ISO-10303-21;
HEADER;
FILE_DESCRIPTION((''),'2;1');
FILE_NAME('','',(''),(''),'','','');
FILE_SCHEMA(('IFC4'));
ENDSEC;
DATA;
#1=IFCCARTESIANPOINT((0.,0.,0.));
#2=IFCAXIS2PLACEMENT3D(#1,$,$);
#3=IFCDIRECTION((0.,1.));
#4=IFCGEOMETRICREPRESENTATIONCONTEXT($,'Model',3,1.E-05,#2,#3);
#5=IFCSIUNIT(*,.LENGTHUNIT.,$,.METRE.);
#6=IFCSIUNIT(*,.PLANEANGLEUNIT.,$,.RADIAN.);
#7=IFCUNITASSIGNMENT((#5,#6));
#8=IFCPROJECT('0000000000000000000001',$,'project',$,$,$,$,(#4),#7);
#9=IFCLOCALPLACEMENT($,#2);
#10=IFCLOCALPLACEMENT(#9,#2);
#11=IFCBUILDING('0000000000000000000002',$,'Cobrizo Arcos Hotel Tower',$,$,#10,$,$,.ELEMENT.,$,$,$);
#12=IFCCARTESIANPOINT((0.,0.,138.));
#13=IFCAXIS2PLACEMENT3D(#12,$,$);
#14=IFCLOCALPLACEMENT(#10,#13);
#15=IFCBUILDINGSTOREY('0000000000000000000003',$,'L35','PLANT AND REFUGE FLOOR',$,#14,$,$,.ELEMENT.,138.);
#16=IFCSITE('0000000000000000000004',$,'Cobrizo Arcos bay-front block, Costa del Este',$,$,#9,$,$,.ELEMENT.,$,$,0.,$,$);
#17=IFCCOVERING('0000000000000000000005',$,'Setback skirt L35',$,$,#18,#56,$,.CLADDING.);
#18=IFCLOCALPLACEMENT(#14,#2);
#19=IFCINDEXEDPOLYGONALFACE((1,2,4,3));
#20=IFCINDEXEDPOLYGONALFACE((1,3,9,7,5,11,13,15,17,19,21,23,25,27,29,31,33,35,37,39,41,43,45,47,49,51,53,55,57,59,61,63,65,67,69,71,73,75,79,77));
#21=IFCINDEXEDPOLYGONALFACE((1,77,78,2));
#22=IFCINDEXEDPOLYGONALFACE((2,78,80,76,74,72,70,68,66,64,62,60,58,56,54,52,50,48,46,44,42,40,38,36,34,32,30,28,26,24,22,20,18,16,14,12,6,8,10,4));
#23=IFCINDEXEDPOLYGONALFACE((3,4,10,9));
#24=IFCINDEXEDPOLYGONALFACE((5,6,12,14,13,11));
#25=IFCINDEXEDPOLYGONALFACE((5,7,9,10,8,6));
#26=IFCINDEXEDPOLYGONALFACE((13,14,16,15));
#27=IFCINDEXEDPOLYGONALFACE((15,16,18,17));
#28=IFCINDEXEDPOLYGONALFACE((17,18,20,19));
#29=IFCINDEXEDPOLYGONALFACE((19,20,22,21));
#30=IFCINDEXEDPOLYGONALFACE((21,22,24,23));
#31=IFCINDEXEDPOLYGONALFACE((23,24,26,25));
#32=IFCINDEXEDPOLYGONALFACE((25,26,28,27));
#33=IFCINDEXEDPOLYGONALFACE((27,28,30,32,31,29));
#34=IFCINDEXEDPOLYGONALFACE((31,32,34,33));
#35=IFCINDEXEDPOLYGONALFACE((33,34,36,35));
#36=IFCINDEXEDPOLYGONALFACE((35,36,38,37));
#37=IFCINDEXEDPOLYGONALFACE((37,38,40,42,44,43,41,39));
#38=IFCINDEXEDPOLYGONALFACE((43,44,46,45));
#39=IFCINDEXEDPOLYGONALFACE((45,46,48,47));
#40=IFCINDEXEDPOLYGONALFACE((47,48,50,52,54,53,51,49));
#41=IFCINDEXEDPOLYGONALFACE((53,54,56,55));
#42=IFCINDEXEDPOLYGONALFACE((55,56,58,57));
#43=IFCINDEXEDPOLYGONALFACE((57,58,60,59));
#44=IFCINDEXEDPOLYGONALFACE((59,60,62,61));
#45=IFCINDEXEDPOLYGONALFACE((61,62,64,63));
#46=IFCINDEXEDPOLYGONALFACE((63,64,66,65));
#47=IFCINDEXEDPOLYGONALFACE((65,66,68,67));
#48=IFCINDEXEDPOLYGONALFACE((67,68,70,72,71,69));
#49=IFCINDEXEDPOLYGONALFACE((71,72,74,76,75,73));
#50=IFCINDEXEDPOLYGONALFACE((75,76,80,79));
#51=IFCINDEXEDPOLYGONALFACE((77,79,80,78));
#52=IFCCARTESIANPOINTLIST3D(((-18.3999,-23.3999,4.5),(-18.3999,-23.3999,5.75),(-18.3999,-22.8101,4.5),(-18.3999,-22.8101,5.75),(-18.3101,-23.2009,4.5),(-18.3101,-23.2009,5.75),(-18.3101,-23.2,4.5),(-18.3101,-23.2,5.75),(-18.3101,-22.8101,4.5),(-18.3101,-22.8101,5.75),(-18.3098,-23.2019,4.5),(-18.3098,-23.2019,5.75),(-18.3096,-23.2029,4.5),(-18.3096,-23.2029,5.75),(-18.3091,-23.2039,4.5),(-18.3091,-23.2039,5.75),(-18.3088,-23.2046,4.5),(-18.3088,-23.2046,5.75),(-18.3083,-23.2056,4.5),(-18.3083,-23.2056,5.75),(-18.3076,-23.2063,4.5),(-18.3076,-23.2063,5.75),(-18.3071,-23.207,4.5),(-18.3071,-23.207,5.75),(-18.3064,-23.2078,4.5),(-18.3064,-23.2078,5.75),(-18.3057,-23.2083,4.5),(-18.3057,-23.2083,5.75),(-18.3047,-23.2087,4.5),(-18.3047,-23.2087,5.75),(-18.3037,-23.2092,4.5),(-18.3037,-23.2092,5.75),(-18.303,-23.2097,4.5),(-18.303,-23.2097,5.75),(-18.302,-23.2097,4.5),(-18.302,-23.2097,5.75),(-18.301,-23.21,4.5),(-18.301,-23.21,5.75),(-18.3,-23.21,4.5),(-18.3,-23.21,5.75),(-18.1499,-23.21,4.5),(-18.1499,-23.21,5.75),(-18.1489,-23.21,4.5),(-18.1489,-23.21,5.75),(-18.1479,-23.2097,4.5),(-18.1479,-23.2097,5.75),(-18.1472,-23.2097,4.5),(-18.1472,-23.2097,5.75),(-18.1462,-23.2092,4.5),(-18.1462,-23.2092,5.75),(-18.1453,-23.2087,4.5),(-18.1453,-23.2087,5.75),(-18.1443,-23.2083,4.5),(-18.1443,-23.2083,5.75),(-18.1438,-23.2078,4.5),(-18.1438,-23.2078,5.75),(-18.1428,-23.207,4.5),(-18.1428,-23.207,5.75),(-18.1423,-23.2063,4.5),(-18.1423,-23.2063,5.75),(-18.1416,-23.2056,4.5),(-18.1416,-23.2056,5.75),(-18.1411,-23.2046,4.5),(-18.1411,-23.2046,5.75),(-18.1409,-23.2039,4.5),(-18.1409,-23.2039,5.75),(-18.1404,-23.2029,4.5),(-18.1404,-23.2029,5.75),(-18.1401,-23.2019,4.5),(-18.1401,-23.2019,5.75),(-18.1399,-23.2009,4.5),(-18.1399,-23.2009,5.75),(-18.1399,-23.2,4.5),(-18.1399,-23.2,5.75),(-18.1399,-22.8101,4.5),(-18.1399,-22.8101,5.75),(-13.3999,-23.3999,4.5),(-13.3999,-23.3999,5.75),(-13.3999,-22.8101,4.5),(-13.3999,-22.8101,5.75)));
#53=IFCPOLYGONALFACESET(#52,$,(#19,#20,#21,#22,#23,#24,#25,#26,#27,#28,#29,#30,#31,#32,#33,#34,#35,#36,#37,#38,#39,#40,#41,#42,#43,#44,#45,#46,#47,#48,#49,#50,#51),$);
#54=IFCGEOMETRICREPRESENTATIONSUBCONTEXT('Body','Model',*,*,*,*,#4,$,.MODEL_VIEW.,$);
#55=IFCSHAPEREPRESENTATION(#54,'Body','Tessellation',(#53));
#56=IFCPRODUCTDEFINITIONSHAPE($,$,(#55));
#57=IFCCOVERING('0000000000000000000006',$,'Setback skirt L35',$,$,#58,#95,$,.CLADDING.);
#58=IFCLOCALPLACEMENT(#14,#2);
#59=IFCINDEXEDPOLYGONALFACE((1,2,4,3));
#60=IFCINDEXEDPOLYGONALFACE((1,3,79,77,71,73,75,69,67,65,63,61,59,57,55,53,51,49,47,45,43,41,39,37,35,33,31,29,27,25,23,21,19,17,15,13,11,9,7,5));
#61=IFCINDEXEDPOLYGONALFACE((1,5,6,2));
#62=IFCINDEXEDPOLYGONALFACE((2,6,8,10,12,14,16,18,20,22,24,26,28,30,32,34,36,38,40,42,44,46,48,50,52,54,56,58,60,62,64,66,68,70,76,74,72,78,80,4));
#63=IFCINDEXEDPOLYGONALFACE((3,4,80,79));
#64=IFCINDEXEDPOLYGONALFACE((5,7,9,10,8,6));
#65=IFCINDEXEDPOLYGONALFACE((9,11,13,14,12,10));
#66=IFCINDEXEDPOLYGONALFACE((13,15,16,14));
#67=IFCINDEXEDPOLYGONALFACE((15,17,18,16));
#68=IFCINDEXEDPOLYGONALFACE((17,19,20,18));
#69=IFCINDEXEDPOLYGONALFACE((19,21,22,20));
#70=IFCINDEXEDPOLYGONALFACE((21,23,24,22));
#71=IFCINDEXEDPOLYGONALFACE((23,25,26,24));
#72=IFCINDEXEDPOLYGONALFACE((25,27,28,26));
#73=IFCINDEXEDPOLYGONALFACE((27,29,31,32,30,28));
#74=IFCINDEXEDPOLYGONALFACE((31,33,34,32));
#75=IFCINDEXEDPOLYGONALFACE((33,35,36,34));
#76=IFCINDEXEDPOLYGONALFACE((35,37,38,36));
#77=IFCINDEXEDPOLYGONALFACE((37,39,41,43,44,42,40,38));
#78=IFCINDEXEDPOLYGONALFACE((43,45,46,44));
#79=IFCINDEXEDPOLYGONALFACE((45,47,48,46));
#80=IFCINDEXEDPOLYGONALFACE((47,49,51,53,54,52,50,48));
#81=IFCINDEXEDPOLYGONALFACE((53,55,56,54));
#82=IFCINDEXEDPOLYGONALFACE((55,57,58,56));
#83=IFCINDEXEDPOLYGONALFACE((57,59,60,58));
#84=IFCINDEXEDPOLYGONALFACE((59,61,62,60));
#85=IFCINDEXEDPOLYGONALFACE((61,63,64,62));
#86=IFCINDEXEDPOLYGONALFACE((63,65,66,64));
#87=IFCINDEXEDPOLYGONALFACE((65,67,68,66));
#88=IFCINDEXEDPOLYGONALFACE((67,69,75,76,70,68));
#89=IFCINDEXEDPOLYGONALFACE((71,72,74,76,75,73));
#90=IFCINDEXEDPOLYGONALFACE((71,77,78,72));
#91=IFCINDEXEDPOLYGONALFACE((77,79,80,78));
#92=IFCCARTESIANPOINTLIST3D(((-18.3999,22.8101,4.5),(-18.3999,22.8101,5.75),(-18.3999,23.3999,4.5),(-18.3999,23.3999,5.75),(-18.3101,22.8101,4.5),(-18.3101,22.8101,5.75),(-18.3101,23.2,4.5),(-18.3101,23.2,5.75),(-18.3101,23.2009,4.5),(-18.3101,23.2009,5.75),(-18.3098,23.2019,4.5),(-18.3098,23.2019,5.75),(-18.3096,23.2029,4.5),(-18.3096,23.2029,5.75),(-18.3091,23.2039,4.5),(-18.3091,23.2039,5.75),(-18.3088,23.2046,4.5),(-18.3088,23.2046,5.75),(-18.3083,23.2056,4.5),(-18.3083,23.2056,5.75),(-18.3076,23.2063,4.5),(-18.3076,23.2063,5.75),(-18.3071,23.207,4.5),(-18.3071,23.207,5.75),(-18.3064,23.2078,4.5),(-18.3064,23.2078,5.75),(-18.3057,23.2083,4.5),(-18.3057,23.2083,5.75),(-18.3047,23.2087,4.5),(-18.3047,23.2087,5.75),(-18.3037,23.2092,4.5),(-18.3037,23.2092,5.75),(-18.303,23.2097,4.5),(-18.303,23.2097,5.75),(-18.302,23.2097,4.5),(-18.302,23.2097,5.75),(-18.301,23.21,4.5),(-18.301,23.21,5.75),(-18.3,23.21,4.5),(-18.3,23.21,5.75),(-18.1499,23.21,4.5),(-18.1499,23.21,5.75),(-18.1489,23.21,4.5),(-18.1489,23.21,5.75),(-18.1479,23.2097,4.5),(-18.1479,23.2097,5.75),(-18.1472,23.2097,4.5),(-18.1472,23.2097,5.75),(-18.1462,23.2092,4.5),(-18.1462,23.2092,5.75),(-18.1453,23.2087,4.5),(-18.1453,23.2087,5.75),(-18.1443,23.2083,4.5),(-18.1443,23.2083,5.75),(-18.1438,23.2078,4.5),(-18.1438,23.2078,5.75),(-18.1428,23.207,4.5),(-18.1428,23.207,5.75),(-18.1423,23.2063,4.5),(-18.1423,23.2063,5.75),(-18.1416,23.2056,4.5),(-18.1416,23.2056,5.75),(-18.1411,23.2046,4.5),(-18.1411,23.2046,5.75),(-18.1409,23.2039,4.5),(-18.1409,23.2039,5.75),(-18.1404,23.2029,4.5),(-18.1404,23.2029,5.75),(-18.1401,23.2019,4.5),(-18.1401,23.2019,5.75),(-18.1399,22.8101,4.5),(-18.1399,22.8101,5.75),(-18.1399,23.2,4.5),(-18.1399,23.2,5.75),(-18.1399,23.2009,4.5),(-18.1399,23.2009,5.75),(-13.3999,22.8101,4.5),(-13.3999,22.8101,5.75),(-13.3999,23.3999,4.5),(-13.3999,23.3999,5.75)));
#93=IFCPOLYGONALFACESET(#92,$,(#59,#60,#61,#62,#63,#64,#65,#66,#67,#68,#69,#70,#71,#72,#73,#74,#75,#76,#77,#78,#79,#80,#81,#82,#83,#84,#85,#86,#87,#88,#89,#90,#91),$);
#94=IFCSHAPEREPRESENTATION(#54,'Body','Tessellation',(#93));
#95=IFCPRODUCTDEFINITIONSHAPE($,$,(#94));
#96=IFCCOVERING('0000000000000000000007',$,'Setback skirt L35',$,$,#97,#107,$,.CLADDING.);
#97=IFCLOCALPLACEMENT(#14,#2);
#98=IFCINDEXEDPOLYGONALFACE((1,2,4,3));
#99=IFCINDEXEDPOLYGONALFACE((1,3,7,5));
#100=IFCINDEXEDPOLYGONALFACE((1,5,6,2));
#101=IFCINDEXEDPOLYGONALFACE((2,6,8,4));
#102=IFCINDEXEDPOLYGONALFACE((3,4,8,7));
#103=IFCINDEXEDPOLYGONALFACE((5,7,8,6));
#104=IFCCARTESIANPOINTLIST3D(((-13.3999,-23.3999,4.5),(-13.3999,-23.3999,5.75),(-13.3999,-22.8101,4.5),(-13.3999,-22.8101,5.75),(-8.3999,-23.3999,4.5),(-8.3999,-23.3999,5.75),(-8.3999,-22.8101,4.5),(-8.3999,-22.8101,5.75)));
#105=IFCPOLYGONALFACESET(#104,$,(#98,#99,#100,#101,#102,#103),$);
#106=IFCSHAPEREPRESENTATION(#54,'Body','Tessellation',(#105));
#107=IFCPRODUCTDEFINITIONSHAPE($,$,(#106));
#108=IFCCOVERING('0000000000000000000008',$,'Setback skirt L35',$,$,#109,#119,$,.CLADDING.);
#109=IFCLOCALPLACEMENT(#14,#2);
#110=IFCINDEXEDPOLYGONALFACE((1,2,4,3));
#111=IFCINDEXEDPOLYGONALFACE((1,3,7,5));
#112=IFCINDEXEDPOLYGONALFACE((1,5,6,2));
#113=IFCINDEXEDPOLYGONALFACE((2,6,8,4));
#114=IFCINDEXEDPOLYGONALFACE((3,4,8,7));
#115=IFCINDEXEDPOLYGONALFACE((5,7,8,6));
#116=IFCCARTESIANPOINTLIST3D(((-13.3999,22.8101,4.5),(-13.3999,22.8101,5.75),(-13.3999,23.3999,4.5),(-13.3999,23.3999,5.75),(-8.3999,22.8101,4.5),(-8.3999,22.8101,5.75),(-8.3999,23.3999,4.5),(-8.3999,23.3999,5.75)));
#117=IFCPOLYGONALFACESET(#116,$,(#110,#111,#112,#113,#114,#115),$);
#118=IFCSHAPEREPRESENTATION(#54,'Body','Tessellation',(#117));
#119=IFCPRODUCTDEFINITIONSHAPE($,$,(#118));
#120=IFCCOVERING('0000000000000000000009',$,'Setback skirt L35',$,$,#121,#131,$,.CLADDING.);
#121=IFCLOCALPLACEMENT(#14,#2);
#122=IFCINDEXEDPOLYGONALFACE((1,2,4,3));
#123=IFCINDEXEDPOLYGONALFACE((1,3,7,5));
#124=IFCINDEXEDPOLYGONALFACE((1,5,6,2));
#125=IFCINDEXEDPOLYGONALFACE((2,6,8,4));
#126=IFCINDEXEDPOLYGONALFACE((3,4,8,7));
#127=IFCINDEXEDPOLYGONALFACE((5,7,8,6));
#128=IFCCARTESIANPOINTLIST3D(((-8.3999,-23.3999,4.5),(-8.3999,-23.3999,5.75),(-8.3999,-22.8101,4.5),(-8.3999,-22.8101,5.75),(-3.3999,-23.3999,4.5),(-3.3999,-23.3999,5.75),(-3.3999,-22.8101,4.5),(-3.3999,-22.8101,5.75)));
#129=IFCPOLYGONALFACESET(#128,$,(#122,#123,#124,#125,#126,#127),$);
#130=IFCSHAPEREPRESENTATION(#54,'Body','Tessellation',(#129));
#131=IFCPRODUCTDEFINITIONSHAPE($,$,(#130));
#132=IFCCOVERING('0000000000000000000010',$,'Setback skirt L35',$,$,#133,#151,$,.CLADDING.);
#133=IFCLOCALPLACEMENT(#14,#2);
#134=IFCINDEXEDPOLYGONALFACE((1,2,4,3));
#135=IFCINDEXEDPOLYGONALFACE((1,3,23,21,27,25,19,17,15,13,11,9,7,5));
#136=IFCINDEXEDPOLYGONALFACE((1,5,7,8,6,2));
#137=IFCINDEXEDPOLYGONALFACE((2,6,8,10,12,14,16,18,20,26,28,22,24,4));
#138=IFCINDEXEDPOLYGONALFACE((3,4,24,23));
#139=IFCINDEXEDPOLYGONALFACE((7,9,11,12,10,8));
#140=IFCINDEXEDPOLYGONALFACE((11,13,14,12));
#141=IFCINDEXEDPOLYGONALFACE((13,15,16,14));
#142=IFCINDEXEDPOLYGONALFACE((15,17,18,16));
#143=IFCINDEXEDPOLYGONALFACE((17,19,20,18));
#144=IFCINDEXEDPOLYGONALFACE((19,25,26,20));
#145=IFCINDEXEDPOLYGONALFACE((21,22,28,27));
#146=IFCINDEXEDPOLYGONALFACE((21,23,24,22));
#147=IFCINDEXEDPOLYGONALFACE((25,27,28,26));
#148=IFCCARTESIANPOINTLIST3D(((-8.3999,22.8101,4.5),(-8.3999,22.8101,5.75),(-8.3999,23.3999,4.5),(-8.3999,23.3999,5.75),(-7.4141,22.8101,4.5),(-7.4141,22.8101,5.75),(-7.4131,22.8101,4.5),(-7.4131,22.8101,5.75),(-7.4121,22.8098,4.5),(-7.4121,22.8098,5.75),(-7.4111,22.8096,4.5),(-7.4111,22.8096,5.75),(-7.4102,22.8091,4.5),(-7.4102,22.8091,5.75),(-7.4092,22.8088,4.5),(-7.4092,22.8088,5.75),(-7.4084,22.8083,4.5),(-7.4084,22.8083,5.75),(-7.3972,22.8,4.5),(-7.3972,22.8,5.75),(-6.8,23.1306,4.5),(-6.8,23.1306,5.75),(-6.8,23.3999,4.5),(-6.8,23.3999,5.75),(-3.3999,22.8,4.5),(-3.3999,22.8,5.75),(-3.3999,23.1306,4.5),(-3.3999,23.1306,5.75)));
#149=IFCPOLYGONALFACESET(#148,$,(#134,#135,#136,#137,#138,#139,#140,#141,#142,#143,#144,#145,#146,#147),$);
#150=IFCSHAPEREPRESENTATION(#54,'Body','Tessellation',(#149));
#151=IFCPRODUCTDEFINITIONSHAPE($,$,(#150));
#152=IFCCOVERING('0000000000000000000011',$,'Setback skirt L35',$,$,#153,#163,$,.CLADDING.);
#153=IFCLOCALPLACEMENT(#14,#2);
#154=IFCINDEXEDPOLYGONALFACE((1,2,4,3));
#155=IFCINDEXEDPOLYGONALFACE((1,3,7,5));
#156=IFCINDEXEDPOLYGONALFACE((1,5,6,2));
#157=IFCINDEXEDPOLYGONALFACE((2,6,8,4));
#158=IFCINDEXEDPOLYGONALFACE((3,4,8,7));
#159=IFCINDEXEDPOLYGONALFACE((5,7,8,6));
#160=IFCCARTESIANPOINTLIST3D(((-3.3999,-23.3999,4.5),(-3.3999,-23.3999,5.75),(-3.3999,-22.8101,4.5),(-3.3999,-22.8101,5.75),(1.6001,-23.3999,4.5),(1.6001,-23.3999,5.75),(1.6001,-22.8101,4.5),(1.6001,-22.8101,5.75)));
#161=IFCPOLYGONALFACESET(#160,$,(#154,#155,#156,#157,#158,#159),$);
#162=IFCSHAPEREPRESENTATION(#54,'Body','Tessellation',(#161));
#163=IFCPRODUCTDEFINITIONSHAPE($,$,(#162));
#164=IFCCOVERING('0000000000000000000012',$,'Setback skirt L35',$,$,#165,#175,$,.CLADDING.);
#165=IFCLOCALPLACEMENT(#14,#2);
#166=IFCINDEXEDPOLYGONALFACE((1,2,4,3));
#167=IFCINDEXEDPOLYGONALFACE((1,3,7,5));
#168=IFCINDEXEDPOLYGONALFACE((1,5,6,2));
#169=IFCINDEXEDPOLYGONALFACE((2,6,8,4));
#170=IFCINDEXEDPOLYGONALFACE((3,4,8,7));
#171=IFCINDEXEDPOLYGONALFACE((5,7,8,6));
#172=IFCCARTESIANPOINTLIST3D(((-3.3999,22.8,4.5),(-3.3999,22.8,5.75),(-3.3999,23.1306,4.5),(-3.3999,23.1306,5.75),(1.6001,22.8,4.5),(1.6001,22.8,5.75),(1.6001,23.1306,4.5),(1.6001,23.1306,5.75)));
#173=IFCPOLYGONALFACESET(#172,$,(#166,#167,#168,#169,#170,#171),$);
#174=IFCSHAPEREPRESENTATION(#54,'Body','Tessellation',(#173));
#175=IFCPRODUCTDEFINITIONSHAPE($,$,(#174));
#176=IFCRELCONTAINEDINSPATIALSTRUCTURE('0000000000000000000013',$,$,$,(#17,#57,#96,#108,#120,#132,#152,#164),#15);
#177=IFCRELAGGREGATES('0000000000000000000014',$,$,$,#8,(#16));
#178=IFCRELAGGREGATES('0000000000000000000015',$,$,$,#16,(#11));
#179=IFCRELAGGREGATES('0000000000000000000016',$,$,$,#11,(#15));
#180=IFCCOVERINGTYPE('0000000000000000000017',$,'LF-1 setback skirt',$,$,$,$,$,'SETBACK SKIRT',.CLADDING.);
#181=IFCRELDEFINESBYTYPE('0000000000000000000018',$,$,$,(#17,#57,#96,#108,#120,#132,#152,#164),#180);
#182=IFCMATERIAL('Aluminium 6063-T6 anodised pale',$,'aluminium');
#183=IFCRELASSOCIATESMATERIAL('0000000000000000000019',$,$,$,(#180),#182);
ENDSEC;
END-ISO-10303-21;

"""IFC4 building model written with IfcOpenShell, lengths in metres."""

from ifc_helpers import new_model, si_unit, direction, frame, origin, place, context, subcontext, project, spatial, polyline, outline, extrude, material, type_object, element, save


model = new_model("IFC4")

# Units and contexts
model_context = context("Model", 3, precision=1e-05, world=origin(), true_north=direction((0.0, 1.0)))
body_context = subcontext(model_context, "Body", "Model", "MODEL_VIEW")
ifc_project = project(units=[si_unit("LENGTHUNIT", "METRE"), si_unit("PLANEANGLEUNIT", "RADIAN")], contexts=[model_context])

# Site, building, storey
site_placement = place(None, origin())
site = spatial("IfcSite", under=ifc_project, at=site_placement, Name="Cobrizo Arcos bay-front block, Costa del Este", CompositionType="ELEMENT", RefElevation=0.0)
building_placement = place(site_placement, origin())
building = spatial("IfcBuilding", under=site, at=building_placement, Name="Cobrizo Arcos Hotel Tower", CompositionType="ELEMENT")
storey_placement = place(building_placement, frame((0.0, 0.0, 138.0)))
storey = spatial("IfcBuildingStorey", under=building, at=storey_placement, Name="L35", Description="PLANT AND REFUGE FLOOR", CompositionType="ELEMENT", Elevation=138.0)

# Coverings
ifc_material_1 = material(Name="Aluminium 6063-T6 anodised pale", Category="aluminium")
covering_type = type_object("IfcCoveringType", Name="LF-1 setback skirt", ElementType="SETBACK SKIRT", PredefinedType="CLADDING", material=ifc_material_1)
covering_1_placement = place(storey_placement, frame((0.0, 0.0, 4.5)))
element("IfcCovering", 1, at=covering_1_placement, inside=storey, type_object=covering_type, Name="Setback skirt L35", PredefinedType="CLADDING", context=body_context, shape_type="SweptSolid", body=[
    extrude(outline(polyline([(-18.3101, -22.8101), (-18.3999, -22.8101), (-18.3999, -23.3999), (-13.3999, -23.3999), (-13.3999, -22.8101), (-18.1399, -22.8101), (-18.1399, -23.2), (-18.1399, -23.2009), (-18.1401, -23.2019), (-18.1404, -23.2029), (-18.1409, -23.2039), (-18.1411, -23.2046), (-18.1416, -23.2056), (-18.1423, -23.2063), (-18.1428, -23.207), (-18.1438, -23.2078), (-18.1443, -23.2083), (-18.1453, -23.2087), (-18.1462, -23.2092), (-18.1472, -23.2097), (-18.1479, -23.2097), (-18.1489, -23.21), (-18.1499, -23.21), (-18.3, -23.21), (-18.301, -23.21), (-18.302, -23.2097), (-18.303, -23.2097), (-18.3037, -23.2092), (-18.3047, -23.2087), (-18.3057, -23.2083), (-18.3064, -23.2078), (-18.3071, -23.207), (-18.3076, -23.2063), (-18.3083, -23.2056), (-18.3088, -23.2046), (-18.3091, -23.2039), (-18.3096, -23.2029), (-18.3098, -23.2019), (-18.3101, -23.2009), (-18.3101, -23.2), (-18.3101, -22.8101)])), origin(), (0.0, 0.0, 1.0), 1.25),
])
covering_2_placement = place(storey_placement, frame((0.0, 0.0, 4.5)))
element("IfcCovering", 2, at=covering_2_placement, inside=storey, type_object=covering_type, Name="Setback skirt L35", PredefinedType="CLADDING", context=body_context, shape_type="SweptSolid", body=[
    extrude(outline(polyline([(-18.1399, 22.8101), (-13.3999, 22.8101), (-13.3999, 23.3999), (-18.3999, 23.3999), (-18.3999, 22.8101), (-18.3101, 22.8101), (-18.3101, 23.2), (-18.3101, 23.2009), (-18.3098, 23.2019), (-18.3096, 23.2029), (-18.3091, 23.2039), (-18.3088, 23.2046), (-18.3083, 23.2056), (-18.3076, 23.2063), (-18.3071, 23.207), (-18.3064, 23.2078), (-18.3057, 23.2083), (-18.3047, 23.2087), (-18.3037, 23.2092), (-18.303, 23.2097), (-18.302, 23.2097), (-18.301, 23.21), (-18.3, 23.21), (-18.1499, 23.21), (-18.1489, 23.21), (-18.1479, 23.2097), (-18.1472, 23.2097), (-18.1462, 23.2092), (-18.1453, 23.2087), (-18.1443, 23.2083), (-18.1438, 23.2078), (-18.1428, 23.207), (-18.1423, 23.2063), (-18.1416, 23.2056), (-18.1411, 23.2046), (-18.1409, 23.2039), (-18.1404, 23.2029), (-18.1401, 23.2019), (-18.1399, 23.2009), (-18.1399, 23.2), (-18.1399, 22.8101)])), origin(), (0.0, 0.0, 1.0), 1.25),
])
covering_3_placement = place(storey_placement, frame((0.0, 0.0, 4.5)))
element("IfcCovering", 3, at=covering_3_placement, inside=storey, type_object=covering_type, Name="Setback skirt L35", PredefinedType="CLADDING", context=body_context, shape_type="SweptSolid", body=[
    extrude(outline(polyline([(-8.3999, -22.8101), (-13.3999, -22.8101), (-13.3999, -23.3999), (-8.3999, -23.3999), (-8.3999, -22.8101)])), origin(), (0.0, 0.0, 1.0), 1.25),
])
covering_4_placement = place(storey_placement, frame((0.0, 0.0, 4.5)))
element("IfcCovering", 4, at=covering_4_placement, inside=storey, type_object=covering_type, Name="Setback skirt L35", PredefinedType="CLADDING", context=body_context, shape_type="SweptSolid", body=[
    extrude(outline(polyline([(-13.3999, 22.8101), (-8.3999, 22.8101), (-8.3999, 23.3999), (-13.3999, 23.3999), (-13.3999, 22.8101)])), origin(), (0.0, 0.0, 1.0), 1.25),
])
covering_5_placement = place(storey_placement, frame((0.0, 0.0, 4.5)))
element("IfcCovering", 5, at=covering_5_placement, inside=storey, type_object=covering_type, Name="Setback skirt L35", PredefinedType="CLADDING", context=body_context, shape_type="SweptSolid", body=[
    extrude(outline(polyline([(-3.3999, -22.8101), (-8.3999, -22.8101), (-8.3999, -23.3999), (-3.3999, -23.3999), (-3.3999, -22.8101)])), origin(), (0.0, 0.0, 1.0), 1.25),
])
covering_6_placement = place(storey_placement, frame((0.0, 0.0, 4.5)))
element("IfcCovering", 6, at=covering_6_placement, inside=storey, type_object=covering_type, Name="Setback skirt L35", PredefinedType="CLADDING", context=body_context, shape_type="SweptSolid", body=[
    extrude(outline(polyline([(-7.4084, 22.8083), (-7.3972, 22.8), (-3.3999, 22.8), (-3.3999, 23.1306), (-6.8, 23.1306), (-6.8, 23.3999), (-8.3999, 23.3999), (-8.3999, 22.8101), (-7.4141, 22.8101), (-7.4131, 22.8101), (-7.4121, 22.8098), (-7.4111, 22.8096), (-7.4102, 22.8091), (-7.4092, 22.8088), (-7.4084, 22.8083)])), origin(), (0.0, 0.0, 1.0), 1.25),
])
covering_7_placement = place(storey_placement, frame((0.0, 0.0, 4.5)))
element("IfcCovering", 7, at=covering_7_placement, inside=storey, type_object=covering_type, Name="Setback skirt L35", PredefinedType="CLADDING", context=body_context, shape_type="SweptSolid", body=[
    extrude(outline(polyline([(1.6001, -22.8101), (-3.3999, -22.8101), (-3.3999, -23.3999), (1.6001, -23.3999), (1.6001, -22.8101)])), origin(), (0.0, 0.0, 1.0), 1.25),
])
covering_8_placement = place(storey_placement, frame((0.0, 0.0, 4.5)))
element("IfcCovering", 8, at=covering_8_placement, inside=storey, type_object=covering_type, Name="Setback skirt L35", PredefinedType="CLADDING", context=body_context, shape_type="SweptSolid", body=[
    extrude(outline(polyline([(1.6001, 23.1306), (-3.3999, 23.1306), (-3.3999, 22.8), (1.6001, 22.8), (1.6001, 23.1306)])), origin(), (0.0, 0.0, 1.0), 1.25),
])

save(model, "model.ifc")
